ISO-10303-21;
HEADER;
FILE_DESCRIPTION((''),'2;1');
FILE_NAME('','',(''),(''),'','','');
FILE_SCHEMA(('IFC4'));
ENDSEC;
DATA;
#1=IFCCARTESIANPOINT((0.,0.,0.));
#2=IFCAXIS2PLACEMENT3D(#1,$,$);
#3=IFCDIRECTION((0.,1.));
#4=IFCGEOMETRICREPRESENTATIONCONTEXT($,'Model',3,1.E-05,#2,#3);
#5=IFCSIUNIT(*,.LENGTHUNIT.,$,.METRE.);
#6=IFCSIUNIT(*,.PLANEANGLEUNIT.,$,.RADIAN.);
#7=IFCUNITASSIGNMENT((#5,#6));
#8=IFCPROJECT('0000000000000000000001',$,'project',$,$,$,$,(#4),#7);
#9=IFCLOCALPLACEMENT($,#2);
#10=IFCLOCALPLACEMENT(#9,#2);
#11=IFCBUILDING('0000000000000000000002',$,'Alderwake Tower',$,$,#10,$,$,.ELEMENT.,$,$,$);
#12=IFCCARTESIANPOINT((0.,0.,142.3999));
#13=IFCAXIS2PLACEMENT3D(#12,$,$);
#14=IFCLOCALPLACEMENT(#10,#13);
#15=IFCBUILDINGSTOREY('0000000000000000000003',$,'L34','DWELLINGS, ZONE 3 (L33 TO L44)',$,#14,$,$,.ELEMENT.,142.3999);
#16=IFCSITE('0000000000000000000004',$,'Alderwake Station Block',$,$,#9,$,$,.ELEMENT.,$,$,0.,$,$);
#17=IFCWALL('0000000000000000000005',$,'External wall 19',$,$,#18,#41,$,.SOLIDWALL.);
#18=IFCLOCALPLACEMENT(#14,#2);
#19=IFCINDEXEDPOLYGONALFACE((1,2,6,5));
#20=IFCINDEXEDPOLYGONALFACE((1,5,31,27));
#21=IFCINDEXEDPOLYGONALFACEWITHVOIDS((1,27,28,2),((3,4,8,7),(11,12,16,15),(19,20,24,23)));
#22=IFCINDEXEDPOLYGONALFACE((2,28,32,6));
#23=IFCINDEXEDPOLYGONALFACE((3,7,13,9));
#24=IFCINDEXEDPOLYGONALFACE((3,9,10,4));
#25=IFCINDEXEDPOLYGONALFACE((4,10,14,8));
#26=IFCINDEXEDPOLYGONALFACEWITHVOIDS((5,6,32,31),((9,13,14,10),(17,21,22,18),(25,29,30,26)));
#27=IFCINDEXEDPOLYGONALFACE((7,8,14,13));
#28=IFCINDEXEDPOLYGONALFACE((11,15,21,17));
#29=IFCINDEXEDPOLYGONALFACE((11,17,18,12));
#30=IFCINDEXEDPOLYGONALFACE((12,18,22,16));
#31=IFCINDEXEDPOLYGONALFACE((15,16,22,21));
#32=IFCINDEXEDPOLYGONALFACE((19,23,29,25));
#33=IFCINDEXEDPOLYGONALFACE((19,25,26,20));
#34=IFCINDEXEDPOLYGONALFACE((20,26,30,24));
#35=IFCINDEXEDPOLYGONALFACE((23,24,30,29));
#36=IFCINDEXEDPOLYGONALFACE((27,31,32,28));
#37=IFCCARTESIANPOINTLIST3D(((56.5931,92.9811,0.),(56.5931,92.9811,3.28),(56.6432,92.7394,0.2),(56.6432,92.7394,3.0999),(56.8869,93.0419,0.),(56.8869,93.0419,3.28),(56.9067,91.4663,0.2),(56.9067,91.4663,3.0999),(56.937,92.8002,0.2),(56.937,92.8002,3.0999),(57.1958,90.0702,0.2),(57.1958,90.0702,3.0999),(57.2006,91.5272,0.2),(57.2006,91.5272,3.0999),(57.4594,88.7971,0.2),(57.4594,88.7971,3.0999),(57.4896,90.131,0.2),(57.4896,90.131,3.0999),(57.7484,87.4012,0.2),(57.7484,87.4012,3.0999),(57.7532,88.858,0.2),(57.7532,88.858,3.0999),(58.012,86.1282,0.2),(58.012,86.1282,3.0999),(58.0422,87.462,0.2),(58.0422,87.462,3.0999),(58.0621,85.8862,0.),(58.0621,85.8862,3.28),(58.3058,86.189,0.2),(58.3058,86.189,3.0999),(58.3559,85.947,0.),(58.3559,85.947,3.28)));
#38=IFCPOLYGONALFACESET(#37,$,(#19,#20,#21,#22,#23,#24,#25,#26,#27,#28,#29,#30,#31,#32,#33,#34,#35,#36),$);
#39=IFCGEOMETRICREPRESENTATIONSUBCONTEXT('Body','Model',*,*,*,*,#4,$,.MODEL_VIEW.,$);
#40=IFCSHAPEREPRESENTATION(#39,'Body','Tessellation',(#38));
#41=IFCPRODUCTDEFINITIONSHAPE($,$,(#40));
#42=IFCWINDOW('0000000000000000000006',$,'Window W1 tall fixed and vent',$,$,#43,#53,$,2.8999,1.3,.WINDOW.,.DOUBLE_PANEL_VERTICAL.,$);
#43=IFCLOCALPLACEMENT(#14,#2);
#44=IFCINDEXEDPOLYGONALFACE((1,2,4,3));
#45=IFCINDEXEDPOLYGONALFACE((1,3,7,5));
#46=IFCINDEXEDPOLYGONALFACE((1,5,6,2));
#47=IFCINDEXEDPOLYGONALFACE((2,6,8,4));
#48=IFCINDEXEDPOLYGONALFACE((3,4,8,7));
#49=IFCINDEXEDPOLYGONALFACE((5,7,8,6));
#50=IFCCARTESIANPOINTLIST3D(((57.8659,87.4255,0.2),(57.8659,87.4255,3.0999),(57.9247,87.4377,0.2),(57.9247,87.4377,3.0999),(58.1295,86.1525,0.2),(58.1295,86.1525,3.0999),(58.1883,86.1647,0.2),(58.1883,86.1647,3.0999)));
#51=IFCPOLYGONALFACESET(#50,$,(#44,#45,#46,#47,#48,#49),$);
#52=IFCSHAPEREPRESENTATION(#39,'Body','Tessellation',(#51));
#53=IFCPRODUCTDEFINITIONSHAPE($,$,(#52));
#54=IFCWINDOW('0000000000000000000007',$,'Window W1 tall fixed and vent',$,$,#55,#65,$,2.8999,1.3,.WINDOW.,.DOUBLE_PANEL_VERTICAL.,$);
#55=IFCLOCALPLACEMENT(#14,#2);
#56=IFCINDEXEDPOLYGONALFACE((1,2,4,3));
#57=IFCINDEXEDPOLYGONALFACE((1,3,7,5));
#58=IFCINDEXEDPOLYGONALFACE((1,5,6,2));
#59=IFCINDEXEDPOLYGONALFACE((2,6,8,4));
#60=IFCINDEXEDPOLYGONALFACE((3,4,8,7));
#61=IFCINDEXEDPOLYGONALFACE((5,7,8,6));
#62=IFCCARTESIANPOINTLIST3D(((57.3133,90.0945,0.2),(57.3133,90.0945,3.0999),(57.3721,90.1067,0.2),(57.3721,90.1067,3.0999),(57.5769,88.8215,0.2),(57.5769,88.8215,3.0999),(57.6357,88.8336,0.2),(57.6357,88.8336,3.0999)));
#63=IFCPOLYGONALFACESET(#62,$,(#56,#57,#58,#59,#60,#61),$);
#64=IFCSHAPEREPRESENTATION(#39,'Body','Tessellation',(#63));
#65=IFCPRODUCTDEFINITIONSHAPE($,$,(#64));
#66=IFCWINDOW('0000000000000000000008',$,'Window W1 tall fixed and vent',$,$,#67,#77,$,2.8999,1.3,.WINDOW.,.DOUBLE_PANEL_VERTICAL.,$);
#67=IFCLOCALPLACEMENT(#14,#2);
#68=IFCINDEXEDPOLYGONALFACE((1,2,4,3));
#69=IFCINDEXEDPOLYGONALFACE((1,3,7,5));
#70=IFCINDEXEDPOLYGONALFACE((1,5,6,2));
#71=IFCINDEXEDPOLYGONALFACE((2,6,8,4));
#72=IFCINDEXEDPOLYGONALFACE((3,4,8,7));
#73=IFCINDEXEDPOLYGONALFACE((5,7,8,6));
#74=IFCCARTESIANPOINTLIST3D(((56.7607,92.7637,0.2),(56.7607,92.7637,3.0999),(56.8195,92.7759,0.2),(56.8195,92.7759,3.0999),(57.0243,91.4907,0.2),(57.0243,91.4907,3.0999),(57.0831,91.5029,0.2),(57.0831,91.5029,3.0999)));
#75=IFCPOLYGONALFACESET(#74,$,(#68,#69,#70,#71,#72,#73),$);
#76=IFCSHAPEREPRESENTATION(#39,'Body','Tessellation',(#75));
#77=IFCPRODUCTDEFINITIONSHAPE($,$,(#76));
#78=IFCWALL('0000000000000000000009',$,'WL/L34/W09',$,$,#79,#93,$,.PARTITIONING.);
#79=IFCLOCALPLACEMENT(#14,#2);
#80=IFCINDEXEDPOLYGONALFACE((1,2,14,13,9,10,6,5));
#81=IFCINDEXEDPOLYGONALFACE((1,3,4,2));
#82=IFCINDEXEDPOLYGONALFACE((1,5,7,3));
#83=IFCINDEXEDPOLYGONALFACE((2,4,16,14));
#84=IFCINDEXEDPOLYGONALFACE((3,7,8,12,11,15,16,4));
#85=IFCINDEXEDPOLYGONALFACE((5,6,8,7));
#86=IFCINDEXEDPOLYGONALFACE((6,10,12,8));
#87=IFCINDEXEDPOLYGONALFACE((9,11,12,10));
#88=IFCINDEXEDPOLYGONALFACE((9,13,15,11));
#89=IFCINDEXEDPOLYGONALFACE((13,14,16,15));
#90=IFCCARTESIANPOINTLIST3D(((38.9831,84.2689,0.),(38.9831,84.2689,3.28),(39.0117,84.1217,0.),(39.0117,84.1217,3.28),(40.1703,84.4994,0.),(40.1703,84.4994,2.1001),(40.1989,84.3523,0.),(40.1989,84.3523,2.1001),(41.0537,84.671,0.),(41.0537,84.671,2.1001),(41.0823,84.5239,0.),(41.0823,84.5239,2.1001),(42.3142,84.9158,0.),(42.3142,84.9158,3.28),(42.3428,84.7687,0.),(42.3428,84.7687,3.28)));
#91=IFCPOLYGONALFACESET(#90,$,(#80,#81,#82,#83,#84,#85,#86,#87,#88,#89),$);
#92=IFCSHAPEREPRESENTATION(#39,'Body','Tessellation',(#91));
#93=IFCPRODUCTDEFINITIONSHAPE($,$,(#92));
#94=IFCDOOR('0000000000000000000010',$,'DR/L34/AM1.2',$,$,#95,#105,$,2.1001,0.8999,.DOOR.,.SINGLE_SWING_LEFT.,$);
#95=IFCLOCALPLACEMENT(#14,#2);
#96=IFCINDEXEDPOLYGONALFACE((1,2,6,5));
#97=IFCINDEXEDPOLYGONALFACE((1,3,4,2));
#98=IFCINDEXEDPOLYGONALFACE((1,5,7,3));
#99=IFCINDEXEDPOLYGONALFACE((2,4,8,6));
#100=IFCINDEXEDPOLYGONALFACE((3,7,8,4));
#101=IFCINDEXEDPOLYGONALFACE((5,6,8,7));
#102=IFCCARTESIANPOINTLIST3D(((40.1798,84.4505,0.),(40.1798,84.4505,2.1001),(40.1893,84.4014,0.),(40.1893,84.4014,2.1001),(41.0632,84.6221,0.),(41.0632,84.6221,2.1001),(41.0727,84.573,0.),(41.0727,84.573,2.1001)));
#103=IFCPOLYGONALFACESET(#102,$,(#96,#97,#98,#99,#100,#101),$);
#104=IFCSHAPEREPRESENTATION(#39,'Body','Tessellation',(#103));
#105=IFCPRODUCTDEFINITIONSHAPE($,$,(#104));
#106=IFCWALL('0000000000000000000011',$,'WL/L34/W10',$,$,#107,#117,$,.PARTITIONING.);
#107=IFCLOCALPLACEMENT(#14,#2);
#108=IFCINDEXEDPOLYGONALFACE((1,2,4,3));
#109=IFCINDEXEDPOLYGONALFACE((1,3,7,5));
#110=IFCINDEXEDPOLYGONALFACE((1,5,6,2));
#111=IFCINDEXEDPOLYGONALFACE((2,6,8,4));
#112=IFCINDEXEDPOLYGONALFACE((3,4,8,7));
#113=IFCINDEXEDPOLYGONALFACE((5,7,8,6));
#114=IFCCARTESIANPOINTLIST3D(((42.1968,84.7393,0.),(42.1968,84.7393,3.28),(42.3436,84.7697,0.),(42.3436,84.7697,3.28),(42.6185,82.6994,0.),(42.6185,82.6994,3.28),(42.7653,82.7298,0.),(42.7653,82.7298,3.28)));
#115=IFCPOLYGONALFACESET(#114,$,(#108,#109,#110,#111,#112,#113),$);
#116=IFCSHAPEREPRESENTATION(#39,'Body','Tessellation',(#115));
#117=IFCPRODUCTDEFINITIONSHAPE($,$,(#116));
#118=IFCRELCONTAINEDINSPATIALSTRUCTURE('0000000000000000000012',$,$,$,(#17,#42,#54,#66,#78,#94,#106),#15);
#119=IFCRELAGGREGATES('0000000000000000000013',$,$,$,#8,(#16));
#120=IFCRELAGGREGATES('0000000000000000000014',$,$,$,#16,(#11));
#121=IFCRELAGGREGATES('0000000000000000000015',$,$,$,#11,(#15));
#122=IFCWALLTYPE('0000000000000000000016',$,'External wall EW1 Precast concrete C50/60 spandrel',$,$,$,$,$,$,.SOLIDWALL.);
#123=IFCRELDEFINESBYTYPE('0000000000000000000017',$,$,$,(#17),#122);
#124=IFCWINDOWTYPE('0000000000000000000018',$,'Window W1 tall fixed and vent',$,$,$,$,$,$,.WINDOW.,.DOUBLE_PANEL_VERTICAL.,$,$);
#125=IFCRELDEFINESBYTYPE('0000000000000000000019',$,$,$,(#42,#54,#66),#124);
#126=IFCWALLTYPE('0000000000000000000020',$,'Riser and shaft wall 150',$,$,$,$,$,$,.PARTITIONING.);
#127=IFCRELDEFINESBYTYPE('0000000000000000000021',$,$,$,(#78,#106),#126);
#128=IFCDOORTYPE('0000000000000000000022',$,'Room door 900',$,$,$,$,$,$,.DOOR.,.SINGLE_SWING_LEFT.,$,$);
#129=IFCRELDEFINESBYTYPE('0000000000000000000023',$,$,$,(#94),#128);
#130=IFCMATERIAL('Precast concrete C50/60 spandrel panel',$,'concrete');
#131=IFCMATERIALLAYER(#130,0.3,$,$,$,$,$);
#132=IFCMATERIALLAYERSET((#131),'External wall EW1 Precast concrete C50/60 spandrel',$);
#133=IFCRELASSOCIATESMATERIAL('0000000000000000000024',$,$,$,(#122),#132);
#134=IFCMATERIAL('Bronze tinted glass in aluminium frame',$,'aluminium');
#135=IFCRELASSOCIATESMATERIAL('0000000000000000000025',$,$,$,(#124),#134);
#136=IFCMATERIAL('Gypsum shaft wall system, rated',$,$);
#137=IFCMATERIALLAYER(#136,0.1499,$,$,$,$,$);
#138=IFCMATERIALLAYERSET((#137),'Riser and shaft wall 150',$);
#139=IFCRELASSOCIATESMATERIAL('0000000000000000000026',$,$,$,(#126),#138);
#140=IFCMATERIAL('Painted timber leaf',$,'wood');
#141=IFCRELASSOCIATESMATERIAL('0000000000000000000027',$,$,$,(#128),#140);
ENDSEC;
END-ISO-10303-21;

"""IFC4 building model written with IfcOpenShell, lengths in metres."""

from ifc_helpers import new_model, si_unit, direction, frame, frame_2d, origin, place, context, subcontext, project, spatial, rectangle, extrude, material, layer, layer_set, type_object, element, fill, save


model = new_model("IFC4")

# Units and contexts
model_context = context("Model", 3, precision=1e-05, world=origin(), true_north=direction((0.0, 1.0)))
body_context = subcontext(model_context, "Body", "Model", "MODEL_VIEW")
ifc_project = project(units=[si_unit("LENGTHUNIT", "METRE"), si_unit("PLANEANGLEUNIT", "RADIAN")], contexts=[model_context])

# Site, building, storey
site_placement = place(None, origin())
site = spatial("IfcSite", under=ifc_project, at=site_placement, Name="Alderwake Station Block", CompositionType="ELEMENT", RefElevation=0.0)
building_placement = place(site_placement, origin())
building = spatial("IfcBuilding", under=site, at=building_placement, Name="Alderwake Tower", CompositionType="ELEMENT")
storey_placement = place(building_placement, frame((0.0, 0.0, 142.3999)))
storey = spatial("IfcBuildingStorey", under=building, at=storey_placement, Name="L34", Description="DWELLINGS, ZONE 3 (L33 TO L44)", CompositionType="ELEMENT", Elevation=142.3999)

# Shared definitions
ifc_material_1 = material(Name="Precast concrete C50/60 spandrel panel", Category="concrete")
ifc_layer_1 = layer(ifc_material_1, 0.3)
ifc_layer_set_1 = layer_set([ifc_layer_1], Name="External wall EW1 Precast concrete C50/60 spandrel")
wall_type_1 = type_object("IfcWallType", Name="External wall EW1 Precast concrete C50/60 spandrel", PredefinedType="SOLIDWALL", material=ifc_layer_set_1)
ifc_material_2 = material(Name="Bronze tinted glass in aluminium frame", Category="aluminium")
window_type = type_object("IfcWindowType", Name="Window W1 tall fixed and vent", PartitioningType="DOUBLE_PANEL_VERTICAL", PredefinedType="WINDOW", material=ifc_material_2)

# Wall, openings, windows
wall_1_placement = place(storey_placement, frame((58.209, 85.9167, 0.0), z_axis=(0.0, 0.0, 1.0), x_axis=(-0.202747, 0.979231, 0.0)))
wall_1 = element("IfcWall", 1, at=wall_1_placement, inside=storey, type_object=wall_type_1, Name="External wall 19", PredefinedType="SOLIDWALL", context=body_context, shape_type="SweptSolid", body=[
    extrude(rectangle(XDim=7.2454, YDim=0.3, at=frame_2d((3.6226, 0.0))), origin(), (0.0, 0.0, 1.0), 3.28),
])
opening_1_placement = place(wall_1_placement, frame((0.2471, 0.0, 0.2)))
opening_1 = element("IfcOpeningElement", 2, at=opening_1_placement, cuts=wall_1, PredefinedType="OPENING", context=body_context, shape_type="SweptSolid", body=[
    extrude(rectangle(XDim=1.3, YDim=2.8999, at=frame_2d((0.6499, 1.45))), frame((0.0, 0.1599, 0.0), z_axis=(0.0, -1.0, 0.0), x_axis=(1.0, 0.0, 0.0)), (0.0, 0.0, 1.0), 0.3201),
])
opening_2_placement = place(wall_1_placement, frame((2.9727, 0.0, 0.2)))
opening_2 = element("IfcOpeningElement", 3, at=opening_2_placement, cuts=wall_1, PredefinedType="OPENING", context=body_context, shape_type="SweptSolid", body=[
    extrude(rectangle(XDim=1.3, YDim=2.8999, at=frame_2d((0.6499, 1.45))), frame((0.0, 0.1599, 0.0), z_axis=(0.0, -1.0, 0.0), x_axis=(1.0, 0.0, 0.0)), (0.0, 0.0, 1.0), 0.3201),
])
opening_3_placement = place(wall_1_placement, frame((5.6985, 0.0, 0.2)))
opening_3 = element("IfcOpeningElement", 4, at=opening_3_placement, cuts=wall_1, PredefinedType="OPENING", context=body_context, shape_type="SweptSolid", body=[
    extrude(rectangle(XDim=1.3, YDim=2.8999, at=frame_2d((0.6499, 1.45))), frame((0.0, 0.1599, 0.0), z_axis=(0.0, -1.0, 0.0), x_axis=(1.0, 0.0, 0.0)), (0.0, 0.0, 1.0), 0.3201),
])
window_1_placement = place(opening_1_placement, origin())
window_1 = element("IfcWindow", 5, at=window_1_placement, inside=storey, type_object=window_type, Name="Window W1 tall fixed and vent", OverallHeight=2.8999, OverallWidth=1.3, PartitioningType="DOUBLE_PANEL_VERTICAL", PredefinedType="WINDOW", context=body_context, shape_type="SweptSolid", body=[
    extrude(rectangle(XDim=1.3, YDim=2.8999, at=frame_2d((0.6499, 1.45))), frame((0.0, 0.03, 0.0), z_axis=(0.0, -1.0, 0.0), x_axis=(1.0, 0.0, 0.0)), (0.0, 0.0, 1.0), 0.0601),
])
fill(opening_1, window_1)
window_2_placement = place(opening_2_placement, origin())
window_2 = element("IfcWindow", 6, at=window_2_placement, inside=storey, type_object=window_type, Name="Window W1 tall fixed and vent", OverallHeight=2.8999, OverallWidth=1.3, PartitioningType="DOUBLE_PANEL_VERTICAL", PredefinedType="WINDOW", context=body_context, shape_type="SweptSolid", body=[
    extrude(rectangle(XDim=1.3, YDim=2.8999, at=frame_2d((0.6499, 1.45))), frame((0.0, 0.03, 0.0), z_axis=(0.0, -1.0, 0.0), x_axis=(1.0, 0.0, 0.0)), (0.0, 0.0, 1.0), 0.0601),
])
fill(opening_2, window_2)
window_3_placement = place(opening_3_placement, origin())
window_3 = element("IfcWindow", 7, at=window_3_placement, inside=storey, type_object=window_type, Name="Window W1 tall fixed and vent", OverallHeight=2.8999, OverallWidth=1.3, PartitioningType="DOUBLE_PANEL_VERTICAL", PredefinedType="WINDOW", context=body_context, shape_type="SweptSolid", body=[
    extrude(rectangle(XDim=1.3, YDim=2.8999, at=frame_2d((0.6499, 1.45))), frame((0.0, 0.03, 0.0), z_axis=(0.0, -1.0, 0.0), x_axis=(1.0, 0.0, 0.0)), (0.0, 0.0, 1.0), 0.0601),
])
fill(opening_3, window_3)

# Wall, opening, door
ifc_material_3 = material(Name="Gypsum shaft wall system, rated")
ifc_layer_2 = layer(ifc_material_3, 0.1499)
ifc_layer_set_2 = layer_set([ifc_layer_2], Name="Riser and shaft wall 150")
wall_type_2 = type_object("IfcWallType", Name="Riser and shaft wall 150", PredefinedType="PARTITIONING", material=ifc_layer_set_2)
wall_2_placement = place(storey_placement, frame((42.3286, 84.8423, 0.0), z_axis=(0.0, 0.0, 1.0), x_axis=(-0.981656, -0.190662, 0.0)))
wall_2 = element("IfcWall", 8, at=wall_2_placement, inside=storey, type_object=wall_type_2, Name="WL/L34/W09", PredefinedType="PARTITIONING", context=body_context, shape_type="SweptSolid", body=[
    extrude(rectangle(XDim=3.3933, YDim=0.1499, at=frame_2d((1.6968, 0.0))), origin(), (0.0, 0.0, 1.0), 3.28),
])
opening_4_placement = place(wall_2_placement, frame((1.2842, 0.0, 0.0)))
opening_4 = element("IfcOpeningElement", 9, at=opening_4_placement, cuts=wall_2, PredefinedType="OPENING", context=body_context, shape_type="SweptSolid", body=[
    extrude(rectangle(XDim=0.8999, YDim=2.1001, at=frame_2d((0.45, 1.05))), frame((0.0, 0.085, 0.0), z_axis=(0.0, -1.0, 0.0), x_axis=(1.0, 0.0, 0.0)), (0.0, 0.0, 1.0), 0.1699),
])
ifc_material_4 = material(Name="Painted timber leaf", Category="wood")
door_type_1 = type_object("IfcDoorType", Name="Room door 900", OperationType="SINGLE_SWING_LEFT", PredefinedType="DOOR", material=ifc_material_4)
door_1_placement = place(opening_4_placement, origin())
door_1 = element("IfcDoor", 10, at=door_1_placement, inside=storey, type_object=door_type_1, Name="DR/L34/AM1.2", OperationType="SINGLE_SWING_LEFT", OverallHeight=2.1001, OverallWidth=0.8999, PredefinedType="DOOR", context=body_context, shape_type="SweptSolid", body=[
    extrude(rectangle(XDim=0.8999, YDim=2.1001, at=frame_2d((0.45, 1.05))), frame((0.0, 0.0249, 0.0), z_axis=(0.0, -1.0, 0.0), x_axis=(1.0, 0.0, 0.0)), (0.0, 0.0, 1.0), 0.05),
])
fill(opening_4, door_1)

# Wall
wall_3_placement = place(storey_placement, frame((42.6919, 82.7146, 0.0), z_axis=(0.0, 0.0, 1.0), x_axis=(-0.202423, 0.979298, 0.0)))
element("IfcWall", 11, at=wall_3_placement, inside=storey, type_object=wall_type_2, Name="WL/L34/W10", PredefinedType="PARTITIONING", context=body_context, shape_type="SweptSolid", body=[
    extrude(rectangle(XDim=2.083, YDim=0.1499, at=frame_2d((1.0415, 0.0))), origin(), (0.0, 0.0, 1.0), 3.28),
])

save(model, "model.ifc")
